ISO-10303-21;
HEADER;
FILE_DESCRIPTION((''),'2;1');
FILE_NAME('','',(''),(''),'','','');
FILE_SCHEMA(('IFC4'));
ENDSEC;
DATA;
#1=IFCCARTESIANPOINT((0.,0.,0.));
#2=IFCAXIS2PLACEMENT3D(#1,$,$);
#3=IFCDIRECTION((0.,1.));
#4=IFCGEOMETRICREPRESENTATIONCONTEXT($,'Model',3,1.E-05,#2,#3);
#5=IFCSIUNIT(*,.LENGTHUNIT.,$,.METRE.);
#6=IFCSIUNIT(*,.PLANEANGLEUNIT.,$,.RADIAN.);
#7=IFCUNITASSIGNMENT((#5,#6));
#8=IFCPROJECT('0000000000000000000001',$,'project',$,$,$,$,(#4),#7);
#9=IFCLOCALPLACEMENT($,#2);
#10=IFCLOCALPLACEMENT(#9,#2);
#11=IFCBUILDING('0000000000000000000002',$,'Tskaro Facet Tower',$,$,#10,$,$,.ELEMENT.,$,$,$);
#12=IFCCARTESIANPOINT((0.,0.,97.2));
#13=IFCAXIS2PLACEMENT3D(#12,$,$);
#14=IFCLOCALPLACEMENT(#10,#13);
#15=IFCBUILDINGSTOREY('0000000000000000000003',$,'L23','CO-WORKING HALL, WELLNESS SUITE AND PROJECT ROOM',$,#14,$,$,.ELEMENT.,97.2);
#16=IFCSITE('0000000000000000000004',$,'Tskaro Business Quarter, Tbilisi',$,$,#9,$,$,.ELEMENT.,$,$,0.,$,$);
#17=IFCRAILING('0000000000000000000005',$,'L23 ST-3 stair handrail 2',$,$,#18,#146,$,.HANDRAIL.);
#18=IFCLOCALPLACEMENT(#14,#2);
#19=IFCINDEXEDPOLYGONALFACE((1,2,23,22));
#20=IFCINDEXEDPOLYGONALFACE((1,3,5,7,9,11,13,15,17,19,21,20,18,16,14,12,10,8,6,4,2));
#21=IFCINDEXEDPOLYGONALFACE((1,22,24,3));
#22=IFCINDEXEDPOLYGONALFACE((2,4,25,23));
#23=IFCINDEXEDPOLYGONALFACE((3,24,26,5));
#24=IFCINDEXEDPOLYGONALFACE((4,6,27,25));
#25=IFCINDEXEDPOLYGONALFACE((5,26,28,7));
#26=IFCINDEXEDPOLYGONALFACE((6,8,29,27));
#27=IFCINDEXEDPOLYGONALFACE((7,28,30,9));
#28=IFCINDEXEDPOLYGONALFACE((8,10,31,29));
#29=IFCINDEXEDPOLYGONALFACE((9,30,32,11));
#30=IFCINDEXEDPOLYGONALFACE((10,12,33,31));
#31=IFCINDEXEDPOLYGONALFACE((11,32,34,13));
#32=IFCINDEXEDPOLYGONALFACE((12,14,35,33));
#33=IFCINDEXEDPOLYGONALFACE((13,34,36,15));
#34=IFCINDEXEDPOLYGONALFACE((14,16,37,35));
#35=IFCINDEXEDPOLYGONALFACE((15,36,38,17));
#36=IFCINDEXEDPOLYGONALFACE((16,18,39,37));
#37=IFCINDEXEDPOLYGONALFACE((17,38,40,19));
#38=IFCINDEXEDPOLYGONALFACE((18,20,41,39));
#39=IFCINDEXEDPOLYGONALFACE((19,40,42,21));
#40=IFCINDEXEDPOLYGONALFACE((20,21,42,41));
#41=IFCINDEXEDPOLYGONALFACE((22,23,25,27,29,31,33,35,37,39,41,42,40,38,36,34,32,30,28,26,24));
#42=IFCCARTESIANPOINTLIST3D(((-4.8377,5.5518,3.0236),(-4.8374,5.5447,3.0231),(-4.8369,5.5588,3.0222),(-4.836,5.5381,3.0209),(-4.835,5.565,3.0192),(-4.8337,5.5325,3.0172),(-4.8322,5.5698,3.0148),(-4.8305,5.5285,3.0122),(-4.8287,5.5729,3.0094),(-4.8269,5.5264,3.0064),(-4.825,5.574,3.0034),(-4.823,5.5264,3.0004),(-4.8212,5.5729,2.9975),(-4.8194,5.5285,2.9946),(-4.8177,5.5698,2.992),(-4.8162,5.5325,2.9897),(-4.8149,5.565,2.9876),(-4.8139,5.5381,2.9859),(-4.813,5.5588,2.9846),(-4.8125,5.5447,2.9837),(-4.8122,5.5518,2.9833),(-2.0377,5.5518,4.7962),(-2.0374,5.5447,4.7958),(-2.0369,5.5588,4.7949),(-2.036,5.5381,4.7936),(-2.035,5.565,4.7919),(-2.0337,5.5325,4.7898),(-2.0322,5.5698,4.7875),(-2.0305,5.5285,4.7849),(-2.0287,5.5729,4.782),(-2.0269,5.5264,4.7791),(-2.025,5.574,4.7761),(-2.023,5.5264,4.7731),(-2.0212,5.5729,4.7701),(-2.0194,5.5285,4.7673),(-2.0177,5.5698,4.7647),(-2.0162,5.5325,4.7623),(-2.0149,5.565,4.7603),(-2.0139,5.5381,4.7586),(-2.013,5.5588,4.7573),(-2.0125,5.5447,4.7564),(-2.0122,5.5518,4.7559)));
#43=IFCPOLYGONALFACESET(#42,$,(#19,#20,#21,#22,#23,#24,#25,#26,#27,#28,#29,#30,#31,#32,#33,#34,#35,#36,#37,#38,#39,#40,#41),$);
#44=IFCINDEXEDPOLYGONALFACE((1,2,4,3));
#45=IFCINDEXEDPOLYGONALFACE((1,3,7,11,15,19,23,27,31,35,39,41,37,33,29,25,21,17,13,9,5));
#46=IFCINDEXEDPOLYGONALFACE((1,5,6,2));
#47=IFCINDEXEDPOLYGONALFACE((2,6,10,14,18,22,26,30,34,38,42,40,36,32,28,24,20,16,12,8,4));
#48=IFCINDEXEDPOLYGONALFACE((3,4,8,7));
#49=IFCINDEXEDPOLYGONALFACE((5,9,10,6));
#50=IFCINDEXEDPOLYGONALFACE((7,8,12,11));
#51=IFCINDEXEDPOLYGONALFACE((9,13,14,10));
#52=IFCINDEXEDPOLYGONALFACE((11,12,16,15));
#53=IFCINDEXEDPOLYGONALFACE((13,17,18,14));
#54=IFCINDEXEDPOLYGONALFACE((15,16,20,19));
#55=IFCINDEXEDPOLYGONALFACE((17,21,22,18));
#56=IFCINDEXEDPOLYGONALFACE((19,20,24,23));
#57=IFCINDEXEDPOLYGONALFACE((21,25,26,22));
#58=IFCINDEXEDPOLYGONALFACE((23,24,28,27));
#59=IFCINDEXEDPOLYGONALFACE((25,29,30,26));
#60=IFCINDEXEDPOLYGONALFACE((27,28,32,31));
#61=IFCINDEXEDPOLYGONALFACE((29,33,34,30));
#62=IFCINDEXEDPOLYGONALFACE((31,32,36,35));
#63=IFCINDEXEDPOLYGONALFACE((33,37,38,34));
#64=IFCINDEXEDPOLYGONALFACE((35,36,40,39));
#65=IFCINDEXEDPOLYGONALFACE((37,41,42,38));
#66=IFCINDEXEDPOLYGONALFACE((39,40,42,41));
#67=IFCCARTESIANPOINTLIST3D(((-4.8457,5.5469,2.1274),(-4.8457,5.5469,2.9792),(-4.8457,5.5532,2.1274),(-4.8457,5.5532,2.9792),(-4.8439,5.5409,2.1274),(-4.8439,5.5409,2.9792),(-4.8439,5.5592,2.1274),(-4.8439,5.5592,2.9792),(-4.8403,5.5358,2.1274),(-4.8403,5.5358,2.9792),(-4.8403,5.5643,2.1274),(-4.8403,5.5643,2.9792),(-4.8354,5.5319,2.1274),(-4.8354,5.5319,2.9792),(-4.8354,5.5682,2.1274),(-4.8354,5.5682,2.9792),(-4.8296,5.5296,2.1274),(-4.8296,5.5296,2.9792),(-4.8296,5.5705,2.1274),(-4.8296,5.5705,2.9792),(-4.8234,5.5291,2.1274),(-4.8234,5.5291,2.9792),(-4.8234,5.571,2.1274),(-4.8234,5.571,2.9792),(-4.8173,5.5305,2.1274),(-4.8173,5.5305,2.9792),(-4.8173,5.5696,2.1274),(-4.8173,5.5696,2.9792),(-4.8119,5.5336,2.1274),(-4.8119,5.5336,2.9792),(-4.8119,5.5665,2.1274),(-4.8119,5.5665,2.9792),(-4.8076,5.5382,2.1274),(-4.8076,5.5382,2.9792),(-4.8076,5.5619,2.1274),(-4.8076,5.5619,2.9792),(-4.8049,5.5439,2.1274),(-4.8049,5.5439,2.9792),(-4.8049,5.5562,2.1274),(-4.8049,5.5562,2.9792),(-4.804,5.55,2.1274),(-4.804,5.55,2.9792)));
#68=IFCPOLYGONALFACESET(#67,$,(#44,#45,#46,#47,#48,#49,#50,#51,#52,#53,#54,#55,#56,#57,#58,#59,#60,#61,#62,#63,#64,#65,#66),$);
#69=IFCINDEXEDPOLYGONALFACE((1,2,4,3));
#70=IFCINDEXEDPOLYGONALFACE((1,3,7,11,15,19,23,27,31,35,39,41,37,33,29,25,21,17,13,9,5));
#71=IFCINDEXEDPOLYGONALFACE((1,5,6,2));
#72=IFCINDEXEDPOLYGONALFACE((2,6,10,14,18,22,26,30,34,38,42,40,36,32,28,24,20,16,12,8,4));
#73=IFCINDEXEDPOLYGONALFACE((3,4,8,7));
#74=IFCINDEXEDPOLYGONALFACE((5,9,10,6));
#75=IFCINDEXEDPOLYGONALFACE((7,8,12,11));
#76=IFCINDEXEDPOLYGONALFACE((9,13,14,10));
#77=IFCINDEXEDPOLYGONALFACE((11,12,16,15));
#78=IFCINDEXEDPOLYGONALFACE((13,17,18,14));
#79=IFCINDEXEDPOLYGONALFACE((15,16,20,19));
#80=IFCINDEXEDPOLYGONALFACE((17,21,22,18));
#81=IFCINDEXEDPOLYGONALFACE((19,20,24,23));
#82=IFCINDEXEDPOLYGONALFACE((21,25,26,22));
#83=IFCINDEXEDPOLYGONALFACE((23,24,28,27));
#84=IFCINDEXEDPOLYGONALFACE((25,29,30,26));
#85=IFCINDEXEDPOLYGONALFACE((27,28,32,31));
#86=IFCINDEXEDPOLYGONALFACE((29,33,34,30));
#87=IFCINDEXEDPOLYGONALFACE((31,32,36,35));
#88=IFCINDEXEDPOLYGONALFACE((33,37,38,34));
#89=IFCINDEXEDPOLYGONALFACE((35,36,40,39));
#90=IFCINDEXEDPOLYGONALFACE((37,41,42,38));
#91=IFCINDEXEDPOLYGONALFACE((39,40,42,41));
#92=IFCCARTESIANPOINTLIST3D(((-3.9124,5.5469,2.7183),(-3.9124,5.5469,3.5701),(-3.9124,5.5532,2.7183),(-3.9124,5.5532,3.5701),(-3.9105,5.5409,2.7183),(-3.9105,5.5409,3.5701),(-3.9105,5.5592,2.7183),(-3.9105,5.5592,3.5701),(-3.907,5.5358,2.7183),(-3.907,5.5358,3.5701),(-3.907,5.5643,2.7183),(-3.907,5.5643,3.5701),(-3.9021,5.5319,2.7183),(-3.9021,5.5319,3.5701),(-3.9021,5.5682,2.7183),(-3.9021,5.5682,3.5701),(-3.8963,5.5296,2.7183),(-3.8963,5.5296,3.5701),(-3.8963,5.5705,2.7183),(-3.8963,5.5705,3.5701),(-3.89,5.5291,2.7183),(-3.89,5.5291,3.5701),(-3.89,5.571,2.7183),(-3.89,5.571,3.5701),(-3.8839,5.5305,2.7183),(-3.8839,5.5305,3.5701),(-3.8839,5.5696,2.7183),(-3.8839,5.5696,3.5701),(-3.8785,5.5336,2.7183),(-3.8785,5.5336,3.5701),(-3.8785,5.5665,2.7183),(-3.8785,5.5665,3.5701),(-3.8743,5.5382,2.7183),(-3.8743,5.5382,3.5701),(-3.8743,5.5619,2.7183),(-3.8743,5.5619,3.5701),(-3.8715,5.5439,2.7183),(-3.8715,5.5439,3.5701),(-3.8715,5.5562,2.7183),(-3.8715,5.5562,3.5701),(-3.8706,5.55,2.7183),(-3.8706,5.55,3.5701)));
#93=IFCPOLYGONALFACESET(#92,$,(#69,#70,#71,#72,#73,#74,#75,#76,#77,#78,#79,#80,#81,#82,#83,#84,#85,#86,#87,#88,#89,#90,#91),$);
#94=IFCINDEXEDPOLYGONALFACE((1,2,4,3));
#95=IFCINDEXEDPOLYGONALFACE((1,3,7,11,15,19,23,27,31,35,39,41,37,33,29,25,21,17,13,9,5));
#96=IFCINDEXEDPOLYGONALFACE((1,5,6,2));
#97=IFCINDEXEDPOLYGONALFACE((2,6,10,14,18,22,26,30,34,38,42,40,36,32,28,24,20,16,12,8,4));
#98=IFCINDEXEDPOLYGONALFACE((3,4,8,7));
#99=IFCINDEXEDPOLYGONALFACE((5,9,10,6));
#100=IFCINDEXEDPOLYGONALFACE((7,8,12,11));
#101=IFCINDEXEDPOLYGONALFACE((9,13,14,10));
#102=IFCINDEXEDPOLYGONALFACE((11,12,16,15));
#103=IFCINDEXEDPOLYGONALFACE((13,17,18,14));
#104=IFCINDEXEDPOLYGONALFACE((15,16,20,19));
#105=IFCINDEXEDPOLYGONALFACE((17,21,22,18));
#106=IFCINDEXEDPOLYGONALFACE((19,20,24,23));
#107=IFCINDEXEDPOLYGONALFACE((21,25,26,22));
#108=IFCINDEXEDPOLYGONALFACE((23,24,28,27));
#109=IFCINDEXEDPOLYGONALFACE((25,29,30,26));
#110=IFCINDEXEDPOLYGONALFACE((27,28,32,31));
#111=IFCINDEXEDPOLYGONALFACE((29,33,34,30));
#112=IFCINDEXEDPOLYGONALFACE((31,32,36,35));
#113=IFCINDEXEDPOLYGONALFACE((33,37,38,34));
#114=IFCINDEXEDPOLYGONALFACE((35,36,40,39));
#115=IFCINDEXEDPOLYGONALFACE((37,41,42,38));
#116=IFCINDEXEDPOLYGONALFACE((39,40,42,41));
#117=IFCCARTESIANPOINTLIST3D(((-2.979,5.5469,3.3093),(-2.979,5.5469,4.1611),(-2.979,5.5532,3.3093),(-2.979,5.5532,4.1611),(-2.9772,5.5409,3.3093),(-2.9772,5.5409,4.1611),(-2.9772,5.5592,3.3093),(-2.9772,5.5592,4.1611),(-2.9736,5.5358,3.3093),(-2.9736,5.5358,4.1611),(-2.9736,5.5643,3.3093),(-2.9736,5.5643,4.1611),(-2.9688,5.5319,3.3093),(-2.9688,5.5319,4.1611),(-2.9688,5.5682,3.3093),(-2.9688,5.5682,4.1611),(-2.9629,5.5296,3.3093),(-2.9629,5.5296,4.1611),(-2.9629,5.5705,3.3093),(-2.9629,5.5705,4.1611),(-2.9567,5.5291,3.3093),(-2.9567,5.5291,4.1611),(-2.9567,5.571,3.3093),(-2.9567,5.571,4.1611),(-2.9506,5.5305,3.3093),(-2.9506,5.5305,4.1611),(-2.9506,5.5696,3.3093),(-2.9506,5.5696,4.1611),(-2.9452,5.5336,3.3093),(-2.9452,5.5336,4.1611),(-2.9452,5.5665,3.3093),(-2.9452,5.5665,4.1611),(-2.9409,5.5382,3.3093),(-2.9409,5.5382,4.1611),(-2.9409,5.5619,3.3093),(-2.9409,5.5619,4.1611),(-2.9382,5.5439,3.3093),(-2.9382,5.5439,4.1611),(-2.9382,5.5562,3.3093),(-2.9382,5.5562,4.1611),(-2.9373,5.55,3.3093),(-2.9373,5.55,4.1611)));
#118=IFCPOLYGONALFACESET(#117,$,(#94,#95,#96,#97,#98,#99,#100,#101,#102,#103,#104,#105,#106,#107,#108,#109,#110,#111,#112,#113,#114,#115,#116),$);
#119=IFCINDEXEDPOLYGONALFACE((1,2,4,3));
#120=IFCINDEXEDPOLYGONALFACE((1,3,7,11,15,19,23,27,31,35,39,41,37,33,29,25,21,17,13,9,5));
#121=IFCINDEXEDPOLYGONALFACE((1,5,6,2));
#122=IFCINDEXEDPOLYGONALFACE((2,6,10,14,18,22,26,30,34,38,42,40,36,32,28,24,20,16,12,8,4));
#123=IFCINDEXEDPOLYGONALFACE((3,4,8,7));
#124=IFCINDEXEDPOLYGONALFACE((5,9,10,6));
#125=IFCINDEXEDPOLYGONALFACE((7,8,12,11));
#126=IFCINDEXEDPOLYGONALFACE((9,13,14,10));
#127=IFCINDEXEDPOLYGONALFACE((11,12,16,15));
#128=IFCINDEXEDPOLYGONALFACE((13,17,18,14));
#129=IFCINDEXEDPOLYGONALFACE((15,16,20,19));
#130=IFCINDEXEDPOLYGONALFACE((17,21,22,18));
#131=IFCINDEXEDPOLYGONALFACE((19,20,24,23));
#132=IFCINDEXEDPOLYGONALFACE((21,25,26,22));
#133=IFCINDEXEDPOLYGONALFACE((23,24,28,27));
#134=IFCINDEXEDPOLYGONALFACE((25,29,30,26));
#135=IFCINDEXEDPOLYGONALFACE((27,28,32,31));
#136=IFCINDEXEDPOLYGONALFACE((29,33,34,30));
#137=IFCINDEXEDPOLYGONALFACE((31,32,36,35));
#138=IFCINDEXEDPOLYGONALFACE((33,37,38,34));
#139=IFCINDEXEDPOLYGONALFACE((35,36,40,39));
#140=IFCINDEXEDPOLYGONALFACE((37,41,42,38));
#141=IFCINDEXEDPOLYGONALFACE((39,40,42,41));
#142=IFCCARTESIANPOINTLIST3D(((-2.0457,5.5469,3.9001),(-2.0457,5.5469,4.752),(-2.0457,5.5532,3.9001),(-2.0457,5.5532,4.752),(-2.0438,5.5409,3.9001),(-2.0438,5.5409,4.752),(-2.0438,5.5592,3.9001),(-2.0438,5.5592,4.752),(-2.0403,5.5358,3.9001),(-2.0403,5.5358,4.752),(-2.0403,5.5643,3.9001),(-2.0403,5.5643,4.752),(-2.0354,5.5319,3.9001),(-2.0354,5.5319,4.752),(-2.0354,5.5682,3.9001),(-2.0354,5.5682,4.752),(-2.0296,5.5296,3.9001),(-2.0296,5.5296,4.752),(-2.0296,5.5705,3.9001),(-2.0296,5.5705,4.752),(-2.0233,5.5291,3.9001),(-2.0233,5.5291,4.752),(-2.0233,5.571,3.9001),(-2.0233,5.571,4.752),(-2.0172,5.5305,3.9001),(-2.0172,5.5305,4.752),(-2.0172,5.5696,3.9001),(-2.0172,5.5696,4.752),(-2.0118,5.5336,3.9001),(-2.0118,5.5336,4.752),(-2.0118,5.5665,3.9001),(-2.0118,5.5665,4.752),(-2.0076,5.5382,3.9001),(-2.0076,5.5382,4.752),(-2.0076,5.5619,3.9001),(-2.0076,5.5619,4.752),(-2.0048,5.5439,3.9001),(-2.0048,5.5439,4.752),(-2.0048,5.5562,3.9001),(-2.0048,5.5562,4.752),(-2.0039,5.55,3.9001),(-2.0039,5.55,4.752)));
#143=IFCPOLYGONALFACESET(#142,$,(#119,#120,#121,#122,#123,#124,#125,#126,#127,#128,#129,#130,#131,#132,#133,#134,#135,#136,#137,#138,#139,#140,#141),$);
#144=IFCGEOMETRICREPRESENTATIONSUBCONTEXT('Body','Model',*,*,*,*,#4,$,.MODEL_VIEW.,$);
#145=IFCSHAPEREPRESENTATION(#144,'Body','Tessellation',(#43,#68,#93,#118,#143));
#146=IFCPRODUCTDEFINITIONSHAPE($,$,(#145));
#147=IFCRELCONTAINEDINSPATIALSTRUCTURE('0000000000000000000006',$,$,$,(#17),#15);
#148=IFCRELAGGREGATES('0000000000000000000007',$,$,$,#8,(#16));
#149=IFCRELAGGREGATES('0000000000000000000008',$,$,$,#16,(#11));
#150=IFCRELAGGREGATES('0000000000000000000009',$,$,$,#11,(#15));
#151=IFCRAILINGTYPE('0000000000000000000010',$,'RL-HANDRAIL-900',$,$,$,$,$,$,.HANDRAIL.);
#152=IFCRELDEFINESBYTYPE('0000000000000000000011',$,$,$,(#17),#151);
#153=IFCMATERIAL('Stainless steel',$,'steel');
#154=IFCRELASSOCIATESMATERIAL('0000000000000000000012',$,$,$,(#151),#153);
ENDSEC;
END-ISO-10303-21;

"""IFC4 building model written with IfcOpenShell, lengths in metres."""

from ifc_helpers import new_model, si_unit, direction, frame, origin, origin_2d, place, context, subcontext, project, spatial, circle, extrude, material, type_object, element, save


model = new_model("IFC4")

# Units and contexts
model_context = context("Model", 3, precision=1e-05, world=origin(), true_north=direction((0.0, 1.0)))
body_context = subcontext(model_context, "Body", "Model", "MODEL_VIEW")
ifc_project = project(units=[si_unit("LENGTHUNIT", "METRE"), si_unit("PLANEANGLEUNIT", "RADIAN")], contexts=[model_context])

# Site, building, storey
site_placement = place(None, origin())
site = spatial("IfcSite", under=ifc_project, at=site_placement, Name="Tskaro Business Quarter, Tbilisi", CompositionType="ELEMENT", RefElevation=0.0)
building_placement = place(site_placement, origin())
building = spatial("IfcBuilding", under=site, at=building_placement, Name="Tskaro Facet Tower", CompositionType="ELEMENT")
storey_placement = place(building_placement, frame((0.0, 0.0, 97.2)))
storey = spatial("IfcBuildingStorey", under=building, at=storey_placement, Name="L23", Description="CO-WORKING HALL, WELLNESS SUITE AND PROJECT ROOM", CompositionType="ELEMENT", Elevation=97.2)

# Railing
ifc_material_1 = material(Name="Stainless steel", Category="steel")
railing_type_1 = type_object("IfcRailingType", Name="RL-HANDRAIL-900", PredefinedType="HANDRAIL", material=ifc_material_1)
railing_1_placement = place(storey_placement, frame((-4.825, 5.55, 2.1274)))
element("IfcRailing", 1, at=railing_1_placement, inside=storey, type_object=railing_type_1, Name="L23 ST-3 stair handrail 2", PredefinedType="HANDRAIL", context=body_context, shape_type="SweptSolid", body=[
    extrude(circle(Radius=0.0239, at=origin_2d()), frame((0.0, 0.0, 0.876), z_axis=(0.844909, 0.0, 0.53491), x_axis=(0.0, 1.0, 0.0)), (0.0, 0.0, 1.0), 3.314),
    extrude(circle(Radius=0.021, at=origin_2d()), origin(), (0.0, 0.0, 1.0), 0.8518),
    extrude(circle(Radius=0.021, at=origin_2d()), frame((0.9333, 0.0, 0.5908)), (0.0, 0.0, 1.0), 0.8518),
    extrude(circle(Radius=0.021, at=origin_2d()), frame((1.8667, 0.0, 1.1819)), (0.0, 0.0, 1.0), 0.8518),
    extrude(circle(Radius=0.021, at=origin_2d()), frame((2.8, 0.0, 1.7727)), (0.0, 0.0, 1.0), 0.8518),
])

save(model, "model.ifc")
